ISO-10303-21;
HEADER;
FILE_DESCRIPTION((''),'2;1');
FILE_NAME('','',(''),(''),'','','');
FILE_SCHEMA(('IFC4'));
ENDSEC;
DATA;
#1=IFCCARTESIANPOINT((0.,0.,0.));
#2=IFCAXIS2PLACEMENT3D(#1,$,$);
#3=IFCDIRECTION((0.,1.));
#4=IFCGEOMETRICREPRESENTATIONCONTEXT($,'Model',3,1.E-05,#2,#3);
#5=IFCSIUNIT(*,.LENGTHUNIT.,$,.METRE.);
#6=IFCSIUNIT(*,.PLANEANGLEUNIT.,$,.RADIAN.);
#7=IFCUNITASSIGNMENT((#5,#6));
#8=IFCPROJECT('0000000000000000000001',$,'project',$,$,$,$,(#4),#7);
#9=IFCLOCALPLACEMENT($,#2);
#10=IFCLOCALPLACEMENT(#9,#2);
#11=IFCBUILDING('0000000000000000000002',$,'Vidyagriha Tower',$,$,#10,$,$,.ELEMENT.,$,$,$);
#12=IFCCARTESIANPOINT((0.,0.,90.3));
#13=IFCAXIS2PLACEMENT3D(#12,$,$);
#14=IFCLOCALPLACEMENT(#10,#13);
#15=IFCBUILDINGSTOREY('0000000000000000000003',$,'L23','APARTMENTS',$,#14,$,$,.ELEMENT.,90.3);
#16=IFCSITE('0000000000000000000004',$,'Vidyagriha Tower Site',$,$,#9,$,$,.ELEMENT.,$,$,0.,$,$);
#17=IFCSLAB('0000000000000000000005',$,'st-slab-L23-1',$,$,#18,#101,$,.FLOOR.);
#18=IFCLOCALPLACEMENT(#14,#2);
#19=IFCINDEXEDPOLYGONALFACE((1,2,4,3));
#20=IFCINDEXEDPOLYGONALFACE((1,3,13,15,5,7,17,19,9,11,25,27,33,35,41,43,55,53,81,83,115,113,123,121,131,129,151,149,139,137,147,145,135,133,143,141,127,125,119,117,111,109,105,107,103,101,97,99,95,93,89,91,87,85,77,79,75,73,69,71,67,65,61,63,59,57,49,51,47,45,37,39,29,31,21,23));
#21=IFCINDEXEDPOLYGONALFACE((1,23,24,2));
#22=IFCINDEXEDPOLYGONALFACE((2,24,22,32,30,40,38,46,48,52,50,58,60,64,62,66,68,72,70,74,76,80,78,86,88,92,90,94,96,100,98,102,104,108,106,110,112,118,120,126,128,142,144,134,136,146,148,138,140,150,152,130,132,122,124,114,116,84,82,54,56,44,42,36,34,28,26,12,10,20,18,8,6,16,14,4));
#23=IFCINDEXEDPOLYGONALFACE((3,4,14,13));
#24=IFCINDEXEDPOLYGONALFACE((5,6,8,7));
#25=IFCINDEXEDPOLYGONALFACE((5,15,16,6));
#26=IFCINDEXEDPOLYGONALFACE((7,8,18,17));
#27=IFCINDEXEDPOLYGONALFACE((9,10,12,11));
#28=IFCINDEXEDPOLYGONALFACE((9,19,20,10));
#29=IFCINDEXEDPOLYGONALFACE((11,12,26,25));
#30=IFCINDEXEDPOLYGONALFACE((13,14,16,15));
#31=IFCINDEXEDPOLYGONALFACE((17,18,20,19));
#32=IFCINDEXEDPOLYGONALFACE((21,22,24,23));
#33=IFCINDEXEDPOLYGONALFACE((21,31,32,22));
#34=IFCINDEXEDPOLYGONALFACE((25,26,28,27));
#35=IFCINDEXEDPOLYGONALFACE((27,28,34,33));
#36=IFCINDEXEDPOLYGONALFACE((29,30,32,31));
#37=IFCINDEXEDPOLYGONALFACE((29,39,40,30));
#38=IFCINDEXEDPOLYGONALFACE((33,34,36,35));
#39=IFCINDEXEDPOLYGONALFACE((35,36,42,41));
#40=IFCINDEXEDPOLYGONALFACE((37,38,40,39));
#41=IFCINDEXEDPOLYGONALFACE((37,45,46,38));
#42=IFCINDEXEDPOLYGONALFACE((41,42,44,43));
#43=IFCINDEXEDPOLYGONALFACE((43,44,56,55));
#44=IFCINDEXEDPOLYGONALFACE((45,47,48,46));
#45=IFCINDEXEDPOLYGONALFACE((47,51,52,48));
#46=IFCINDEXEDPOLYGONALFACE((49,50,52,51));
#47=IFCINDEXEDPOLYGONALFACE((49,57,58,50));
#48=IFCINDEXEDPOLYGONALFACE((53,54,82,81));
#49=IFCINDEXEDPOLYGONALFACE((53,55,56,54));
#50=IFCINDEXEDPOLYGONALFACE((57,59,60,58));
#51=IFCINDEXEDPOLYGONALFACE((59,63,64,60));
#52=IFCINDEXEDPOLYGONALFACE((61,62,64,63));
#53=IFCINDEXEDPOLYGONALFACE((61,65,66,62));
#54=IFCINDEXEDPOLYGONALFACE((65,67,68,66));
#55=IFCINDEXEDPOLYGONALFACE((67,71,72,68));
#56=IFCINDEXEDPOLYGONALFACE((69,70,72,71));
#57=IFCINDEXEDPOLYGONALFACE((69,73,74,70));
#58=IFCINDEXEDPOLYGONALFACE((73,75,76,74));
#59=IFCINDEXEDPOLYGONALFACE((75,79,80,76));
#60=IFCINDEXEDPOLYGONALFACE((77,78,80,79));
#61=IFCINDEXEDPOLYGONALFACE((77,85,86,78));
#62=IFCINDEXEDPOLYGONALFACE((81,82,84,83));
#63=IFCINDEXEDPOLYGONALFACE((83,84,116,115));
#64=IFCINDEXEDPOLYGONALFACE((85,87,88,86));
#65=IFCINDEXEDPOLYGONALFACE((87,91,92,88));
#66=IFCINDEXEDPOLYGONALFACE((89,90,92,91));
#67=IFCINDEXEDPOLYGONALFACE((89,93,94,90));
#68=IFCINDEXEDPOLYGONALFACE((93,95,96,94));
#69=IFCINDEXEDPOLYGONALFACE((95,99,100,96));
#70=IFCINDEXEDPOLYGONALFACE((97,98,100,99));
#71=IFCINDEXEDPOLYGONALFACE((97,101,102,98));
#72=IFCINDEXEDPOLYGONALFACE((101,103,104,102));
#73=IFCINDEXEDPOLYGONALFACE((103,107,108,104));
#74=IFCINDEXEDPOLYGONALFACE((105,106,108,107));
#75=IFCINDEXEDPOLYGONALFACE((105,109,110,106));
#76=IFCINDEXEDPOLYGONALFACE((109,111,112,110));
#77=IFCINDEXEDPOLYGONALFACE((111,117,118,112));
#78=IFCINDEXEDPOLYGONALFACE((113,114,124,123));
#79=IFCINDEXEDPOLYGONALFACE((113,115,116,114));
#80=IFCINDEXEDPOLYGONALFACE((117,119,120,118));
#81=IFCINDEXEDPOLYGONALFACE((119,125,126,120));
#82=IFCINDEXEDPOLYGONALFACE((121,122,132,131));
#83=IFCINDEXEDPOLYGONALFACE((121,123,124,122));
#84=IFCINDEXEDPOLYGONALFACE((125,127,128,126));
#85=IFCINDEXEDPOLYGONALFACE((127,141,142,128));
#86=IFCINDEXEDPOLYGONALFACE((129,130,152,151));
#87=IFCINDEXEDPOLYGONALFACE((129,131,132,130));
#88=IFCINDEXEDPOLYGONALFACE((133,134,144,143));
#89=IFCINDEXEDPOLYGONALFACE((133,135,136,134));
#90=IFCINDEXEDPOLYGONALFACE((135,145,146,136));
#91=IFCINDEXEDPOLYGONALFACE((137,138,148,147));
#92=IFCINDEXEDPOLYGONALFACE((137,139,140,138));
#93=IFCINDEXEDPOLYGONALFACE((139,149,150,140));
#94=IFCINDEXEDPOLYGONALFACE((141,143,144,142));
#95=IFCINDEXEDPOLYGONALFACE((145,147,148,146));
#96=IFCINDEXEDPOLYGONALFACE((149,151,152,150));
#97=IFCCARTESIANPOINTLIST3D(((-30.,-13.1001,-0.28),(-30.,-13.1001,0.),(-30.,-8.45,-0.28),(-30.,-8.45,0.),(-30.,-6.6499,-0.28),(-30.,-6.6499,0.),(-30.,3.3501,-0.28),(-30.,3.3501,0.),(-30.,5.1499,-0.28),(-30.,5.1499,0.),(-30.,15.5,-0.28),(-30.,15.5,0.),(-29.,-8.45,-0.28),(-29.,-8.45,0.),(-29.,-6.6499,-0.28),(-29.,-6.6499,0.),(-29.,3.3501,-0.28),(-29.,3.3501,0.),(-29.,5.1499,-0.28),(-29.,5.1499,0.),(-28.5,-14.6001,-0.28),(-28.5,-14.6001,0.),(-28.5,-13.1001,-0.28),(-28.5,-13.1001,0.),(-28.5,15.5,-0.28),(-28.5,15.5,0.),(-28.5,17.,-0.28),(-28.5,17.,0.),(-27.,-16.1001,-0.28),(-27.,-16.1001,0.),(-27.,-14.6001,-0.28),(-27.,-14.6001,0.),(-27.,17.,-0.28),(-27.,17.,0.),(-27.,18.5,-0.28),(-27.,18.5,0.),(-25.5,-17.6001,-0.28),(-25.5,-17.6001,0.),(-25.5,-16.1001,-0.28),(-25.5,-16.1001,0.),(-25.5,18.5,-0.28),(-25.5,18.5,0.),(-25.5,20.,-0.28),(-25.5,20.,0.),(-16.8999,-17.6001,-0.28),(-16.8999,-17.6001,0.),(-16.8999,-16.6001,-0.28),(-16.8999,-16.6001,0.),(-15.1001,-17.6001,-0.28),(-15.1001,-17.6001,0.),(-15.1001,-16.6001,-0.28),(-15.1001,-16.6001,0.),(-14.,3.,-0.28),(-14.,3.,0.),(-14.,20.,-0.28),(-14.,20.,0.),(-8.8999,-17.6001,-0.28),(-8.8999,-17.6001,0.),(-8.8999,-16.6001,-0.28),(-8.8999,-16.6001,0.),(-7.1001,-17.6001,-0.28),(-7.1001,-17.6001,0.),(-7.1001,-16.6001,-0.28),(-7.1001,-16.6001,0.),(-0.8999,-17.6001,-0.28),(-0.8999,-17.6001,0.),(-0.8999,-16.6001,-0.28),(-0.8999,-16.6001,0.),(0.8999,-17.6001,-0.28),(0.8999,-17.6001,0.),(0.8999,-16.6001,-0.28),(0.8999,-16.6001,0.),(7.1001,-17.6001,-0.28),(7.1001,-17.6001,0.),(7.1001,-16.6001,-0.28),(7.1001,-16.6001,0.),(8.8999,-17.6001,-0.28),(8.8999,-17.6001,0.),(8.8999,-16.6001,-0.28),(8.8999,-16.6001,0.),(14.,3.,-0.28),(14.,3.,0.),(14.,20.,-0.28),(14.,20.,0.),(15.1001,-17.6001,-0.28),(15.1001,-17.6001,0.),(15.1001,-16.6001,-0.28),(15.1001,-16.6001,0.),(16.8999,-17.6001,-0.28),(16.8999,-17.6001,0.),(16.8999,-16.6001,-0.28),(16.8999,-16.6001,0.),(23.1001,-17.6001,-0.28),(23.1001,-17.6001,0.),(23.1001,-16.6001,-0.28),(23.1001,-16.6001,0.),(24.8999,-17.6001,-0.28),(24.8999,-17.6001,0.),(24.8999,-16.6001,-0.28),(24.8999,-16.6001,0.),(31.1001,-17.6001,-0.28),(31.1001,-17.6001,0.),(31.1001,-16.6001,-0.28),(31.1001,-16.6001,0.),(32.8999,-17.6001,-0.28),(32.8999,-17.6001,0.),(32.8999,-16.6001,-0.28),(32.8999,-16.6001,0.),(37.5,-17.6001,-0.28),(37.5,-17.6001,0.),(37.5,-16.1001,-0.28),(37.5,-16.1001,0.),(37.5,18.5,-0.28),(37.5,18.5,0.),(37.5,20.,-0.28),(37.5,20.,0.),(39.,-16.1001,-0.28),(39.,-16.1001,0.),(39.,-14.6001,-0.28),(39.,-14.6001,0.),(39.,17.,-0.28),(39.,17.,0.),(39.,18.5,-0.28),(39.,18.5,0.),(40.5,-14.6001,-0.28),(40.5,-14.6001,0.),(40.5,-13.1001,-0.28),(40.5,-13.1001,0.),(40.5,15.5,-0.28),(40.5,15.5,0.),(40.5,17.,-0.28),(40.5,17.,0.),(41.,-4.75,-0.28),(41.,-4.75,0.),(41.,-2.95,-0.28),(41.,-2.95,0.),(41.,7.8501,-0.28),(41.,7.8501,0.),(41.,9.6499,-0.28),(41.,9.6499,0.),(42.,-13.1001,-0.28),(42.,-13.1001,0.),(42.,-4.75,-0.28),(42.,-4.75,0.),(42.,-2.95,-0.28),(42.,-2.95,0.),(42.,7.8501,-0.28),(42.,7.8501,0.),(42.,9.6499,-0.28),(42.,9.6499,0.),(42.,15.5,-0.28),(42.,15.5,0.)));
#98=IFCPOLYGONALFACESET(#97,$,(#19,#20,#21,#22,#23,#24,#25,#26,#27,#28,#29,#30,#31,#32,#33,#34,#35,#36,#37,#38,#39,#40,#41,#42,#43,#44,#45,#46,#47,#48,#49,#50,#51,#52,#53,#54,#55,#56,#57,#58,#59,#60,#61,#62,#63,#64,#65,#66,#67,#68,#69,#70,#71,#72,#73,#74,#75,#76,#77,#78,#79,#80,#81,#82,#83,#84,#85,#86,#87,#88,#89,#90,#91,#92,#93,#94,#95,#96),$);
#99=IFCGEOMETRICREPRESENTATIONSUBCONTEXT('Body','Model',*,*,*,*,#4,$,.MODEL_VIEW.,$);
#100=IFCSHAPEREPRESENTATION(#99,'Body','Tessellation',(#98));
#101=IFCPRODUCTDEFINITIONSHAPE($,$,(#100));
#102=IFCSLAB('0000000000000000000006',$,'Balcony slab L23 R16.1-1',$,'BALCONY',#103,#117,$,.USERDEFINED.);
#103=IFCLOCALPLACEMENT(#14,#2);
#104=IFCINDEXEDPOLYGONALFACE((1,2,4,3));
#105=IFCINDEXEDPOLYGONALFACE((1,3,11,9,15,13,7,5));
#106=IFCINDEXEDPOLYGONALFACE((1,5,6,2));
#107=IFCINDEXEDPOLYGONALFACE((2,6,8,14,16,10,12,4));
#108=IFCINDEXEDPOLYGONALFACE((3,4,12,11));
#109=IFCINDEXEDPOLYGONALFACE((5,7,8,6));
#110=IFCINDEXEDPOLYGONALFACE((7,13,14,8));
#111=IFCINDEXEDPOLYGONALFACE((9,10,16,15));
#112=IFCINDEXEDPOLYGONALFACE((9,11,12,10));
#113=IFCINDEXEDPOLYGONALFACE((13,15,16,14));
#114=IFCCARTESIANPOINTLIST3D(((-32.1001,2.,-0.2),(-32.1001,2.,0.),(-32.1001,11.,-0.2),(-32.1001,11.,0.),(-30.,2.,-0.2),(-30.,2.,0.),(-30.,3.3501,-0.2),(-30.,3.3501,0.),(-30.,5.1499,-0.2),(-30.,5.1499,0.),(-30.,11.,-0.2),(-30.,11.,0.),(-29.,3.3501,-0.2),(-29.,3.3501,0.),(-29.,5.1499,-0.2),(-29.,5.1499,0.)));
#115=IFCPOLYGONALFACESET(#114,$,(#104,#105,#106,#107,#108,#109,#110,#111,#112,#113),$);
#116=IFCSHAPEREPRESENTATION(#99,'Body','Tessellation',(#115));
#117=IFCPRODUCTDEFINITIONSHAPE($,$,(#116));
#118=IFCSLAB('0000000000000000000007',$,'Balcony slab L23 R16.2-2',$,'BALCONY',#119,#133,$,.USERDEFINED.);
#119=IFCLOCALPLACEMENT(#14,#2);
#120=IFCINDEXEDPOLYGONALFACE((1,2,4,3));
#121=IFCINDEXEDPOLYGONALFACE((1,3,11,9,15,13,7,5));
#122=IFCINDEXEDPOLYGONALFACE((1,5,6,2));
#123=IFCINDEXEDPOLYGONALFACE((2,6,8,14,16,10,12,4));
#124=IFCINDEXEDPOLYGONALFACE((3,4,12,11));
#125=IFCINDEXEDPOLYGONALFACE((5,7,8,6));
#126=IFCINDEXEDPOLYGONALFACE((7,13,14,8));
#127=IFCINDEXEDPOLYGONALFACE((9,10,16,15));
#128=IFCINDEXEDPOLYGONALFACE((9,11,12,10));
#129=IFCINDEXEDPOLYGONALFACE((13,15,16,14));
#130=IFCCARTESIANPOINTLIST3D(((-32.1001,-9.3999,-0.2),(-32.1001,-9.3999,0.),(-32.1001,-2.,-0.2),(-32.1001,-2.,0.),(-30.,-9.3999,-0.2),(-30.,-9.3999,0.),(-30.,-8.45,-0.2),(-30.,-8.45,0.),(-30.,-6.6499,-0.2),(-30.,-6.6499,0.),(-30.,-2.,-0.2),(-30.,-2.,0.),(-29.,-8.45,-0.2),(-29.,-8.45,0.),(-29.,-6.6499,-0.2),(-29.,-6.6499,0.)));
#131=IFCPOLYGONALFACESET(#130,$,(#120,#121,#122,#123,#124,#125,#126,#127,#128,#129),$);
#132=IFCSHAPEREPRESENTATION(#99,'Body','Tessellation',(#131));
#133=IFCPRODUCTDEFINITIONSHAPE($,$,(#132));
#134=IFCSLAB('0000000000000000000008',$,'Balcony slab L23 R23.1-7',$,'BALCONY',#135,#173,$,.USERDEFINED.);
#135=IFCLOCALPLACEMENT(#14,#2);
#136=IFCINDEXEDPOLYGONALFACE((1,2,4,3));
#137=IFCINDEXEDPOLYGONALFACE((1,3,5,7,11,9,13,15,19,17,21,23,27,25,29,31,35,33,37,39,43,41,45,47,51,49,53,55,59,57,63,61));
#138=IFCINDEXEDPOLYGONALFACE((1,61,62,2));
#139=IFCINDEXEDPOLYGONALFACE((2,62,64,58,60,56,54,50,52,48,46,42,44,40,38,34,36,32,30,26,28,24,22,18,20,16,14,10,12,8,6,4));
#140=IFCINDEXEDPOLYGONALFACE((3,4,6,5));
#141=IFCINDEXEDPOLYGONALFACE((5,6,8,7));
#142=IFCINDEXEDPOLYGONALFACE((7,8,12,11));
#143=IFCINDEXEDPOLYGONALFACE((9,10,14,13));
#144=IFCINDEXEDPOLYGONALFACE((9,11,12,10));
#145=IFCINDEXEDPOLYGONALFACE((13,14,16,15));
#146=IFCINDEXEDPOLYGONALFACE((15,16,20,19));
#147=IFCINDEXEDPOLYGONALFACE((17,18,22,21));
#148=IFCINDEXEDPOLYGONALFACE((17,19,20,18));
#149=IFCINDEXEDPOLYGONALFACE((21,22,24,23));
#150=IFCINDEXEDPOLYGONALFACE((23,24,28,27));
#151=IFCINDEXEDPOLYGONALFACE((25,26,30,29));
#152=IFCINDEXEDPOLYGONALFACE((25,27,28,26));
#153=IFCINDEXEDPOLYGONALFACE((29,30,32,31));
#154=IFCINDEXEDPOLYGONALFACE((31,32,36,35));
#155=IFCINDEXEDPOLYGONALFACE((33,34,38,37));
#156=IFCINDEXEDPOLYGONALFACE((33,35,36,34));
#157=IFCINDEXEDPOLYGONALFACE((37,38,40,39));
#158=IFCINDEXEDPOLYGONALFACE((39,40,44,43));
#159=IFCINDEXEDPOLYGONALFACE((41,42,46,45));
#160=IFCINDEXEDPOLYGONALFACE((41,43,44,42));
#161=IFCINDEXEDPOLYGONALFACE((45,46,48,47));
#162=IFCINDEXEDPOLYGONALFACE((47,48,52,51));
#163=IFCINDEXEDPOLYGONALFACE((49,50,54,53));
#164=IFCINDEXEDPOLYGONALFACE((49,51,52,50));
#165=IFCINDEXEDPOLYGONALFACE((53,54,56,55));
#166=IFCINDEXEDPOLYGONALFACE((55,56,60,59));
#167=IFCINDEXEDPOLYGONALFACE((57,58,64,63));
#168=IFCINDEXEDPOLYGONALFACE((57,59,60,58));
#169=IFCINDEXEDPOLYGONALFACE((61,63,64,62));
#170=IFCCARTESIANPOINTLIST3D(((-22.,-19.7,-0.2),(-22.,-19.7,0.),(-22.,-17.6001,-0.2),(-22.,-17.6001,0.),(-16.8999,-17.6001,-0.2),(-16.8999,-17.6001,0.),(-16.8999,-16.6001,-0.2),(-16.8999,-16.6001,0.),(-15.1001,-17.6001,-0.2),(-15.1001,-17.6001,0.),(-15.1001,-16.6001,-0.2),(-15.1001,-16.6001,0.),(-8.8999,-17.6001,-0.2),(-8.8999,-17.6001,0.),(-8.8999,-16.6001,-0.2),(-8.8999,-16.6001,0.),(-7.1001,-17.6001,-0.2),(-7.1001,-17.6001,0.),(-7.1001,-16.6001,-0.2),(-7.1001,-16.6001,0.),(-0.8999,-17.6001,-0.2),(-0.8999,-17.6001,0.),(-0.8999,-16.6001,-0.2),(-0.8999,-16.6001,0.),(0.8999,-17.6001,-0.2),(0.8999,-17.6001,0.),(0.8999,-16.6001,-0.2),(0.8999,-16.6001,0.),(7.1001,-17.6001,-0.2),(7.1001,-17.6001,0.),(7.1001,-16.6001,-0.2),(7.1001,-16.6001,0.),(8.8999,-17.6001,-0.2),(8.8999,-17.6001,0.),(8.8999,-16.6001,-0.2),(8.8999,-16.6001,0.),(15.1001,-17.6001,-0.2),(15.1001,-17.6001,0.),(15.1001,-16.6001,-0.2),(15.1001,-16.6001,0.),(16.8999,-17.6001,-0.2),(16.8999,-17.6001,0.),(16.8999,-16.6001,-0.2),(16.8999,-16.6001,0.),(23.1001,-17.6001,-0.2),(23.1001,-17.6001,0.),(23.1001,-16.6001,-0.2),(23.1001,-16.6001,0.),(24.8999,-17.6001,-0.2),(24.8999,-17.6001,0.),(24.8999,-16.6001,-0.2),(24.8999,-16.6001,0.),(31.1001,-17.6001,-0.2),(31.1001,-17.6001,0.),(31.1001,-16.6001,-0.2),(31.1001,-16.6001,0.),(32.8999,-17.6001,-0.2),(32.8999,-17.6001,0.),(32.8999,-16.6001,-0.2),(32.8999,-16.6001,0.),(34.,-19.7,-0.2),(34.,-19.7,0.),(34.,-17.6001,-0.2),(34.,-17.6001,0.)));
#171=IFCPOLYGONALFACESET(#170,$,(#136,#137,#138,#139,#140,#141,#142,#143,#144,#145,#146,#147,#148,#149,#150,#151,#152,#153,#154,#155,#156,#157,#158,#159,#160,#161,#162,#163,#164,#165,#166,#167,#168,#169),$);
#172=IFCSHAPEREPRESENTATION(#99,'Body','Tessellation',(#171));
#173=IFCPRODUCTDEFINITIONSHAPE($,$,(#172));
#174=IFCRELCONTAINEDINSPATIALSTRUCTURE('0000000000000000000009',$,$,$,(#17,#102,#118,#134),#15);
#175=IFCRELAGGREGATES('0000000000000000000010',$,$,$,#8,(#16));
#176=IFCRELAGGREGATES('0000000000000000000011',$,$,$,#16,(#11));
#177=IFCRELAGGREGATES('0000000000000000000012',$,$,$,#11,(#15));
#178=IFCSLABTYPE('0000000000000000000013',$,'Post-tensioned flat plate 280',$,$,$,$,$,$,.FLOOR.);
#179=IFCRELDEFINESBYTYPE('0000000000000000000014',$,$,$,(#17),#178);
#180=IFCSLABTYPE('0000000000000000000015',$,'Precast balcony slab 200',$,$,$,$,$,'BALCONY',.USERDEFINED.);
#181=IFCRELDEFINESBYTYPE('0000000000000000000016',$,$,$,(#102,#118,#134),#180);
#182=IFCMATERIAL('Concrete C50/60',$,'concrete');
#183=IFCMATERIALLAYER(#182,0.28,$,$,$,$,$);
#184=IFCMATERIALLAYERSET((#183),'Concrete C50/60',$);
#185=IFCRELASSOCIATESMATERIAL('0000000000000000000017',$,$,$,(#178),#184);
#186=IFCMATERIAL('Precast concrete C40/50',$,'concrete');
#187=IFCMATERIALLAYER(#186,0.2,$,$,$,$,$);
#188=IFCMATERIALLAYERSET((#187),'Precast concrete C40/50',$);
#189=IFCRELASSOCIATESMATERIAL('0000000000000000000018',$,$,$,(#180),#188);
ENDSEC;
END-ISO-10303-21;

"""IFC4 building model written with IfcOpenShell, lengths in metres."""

from ifc_helpers import new_model, si_unit, direction, frame, origin, place, context, subcontext, project, spatial, polyline, outline, extrude, material, layer, layer_set, type_object, element, save


model = new_model("IFC4")

# Units and contexts
model_context = context("Model", 3, precision=1e-05, world=origin(), true_north=direction((0.0, 1.0)))
body_context = subcontext(model_context, "Body", "Model", "MODEL_VIEW")
ifc_project = project(units=[si_unit("LENGTHUNIT", "METRE"), si_unit("PLANEANGLEUNIT", "RADIAN")], contexts=[model_context])

# Site, building, storey
site_placement = place(None, origin())
site = spatial("IfcSite", under=ifc_project, at=site_placement, Name="Vidyagriha Tower Site", CompositionType="ELEMENT", RefElevation=0.0)
building_placement = place(site_placement, origin())
building = spatial("IfcBuilding", under=site, at=building_placement, Name="Vidyagriha Tower", CompositionType="ELEMENT")
storey_placement = place(building_placement, frame((0.0, 0.0, 90.3)))
storey = spatial("IfcBuildingStorey", under=building, at=storey_placement, Name="L23", Description="APARTMENTS", CompositionType="ELEMENT", Elevation=90.3)

# Slabs
ifc_material_1 = material(Name="Concrete C50/60", Category="concrete")
ifc_layer_1 = layer(ifc_material_1, 0.28)
ifc_layer_set_1 = layer_set([ifc_layer_1], Name="Concrete C50/60")
slab_type_1 = type_object("IfcSlabType", Name="Post-tensioned flat plate 280", PredefinedType="FLOOR", material=ifc_layer_set_1)
slab_1_placement = place(storey_placement, frame((0.0, 0.0, -0.28)))
element("IfcSlab", 1, at=slab_1_placement, inside=storey, type_object=slab_type_1, Name="st-slab-L23-1", PredefinedType="FLOOR", context=body_context, shape_type="SweptSolid", body=[
    extrude(outline(polyline([(40.5, -14.6001), (39.0, -14.6001), (39.0, -16.1001), (37.5, -16.1001), (37.5, -17.6001), (32.8999, -17.6001), (32.8999, -16.6001), (31.1001, -16.6001), (31.1001, -17.6001), (24.8999, -17.6001), (24.8999, -16.6001), (23.1001, -16.6001), (23.1001, -17.6001), (16.8999, -17.6001), (16.8999, -16.6001), (15.1001, -16.6001), (15.1001, -17.6001), (8.8999, -17.6001), (8.8999, -16.6001), (7.1001, -16.6001), (7.1001, -17.6001), (0.8999, -17.6001), (0.8999, -16.6001), (-0.8999, -16.6001), (-0.8999, -17.6001), (-7.1001, -17.6001), (-7.1001, -16.6001), (-8.8999, -16.6001), (-8.8999, -17.6001), (-15.1001, -17.6001), (-15.1001, -16.6001), (-16.8999, -16.6001), (-16.8999, -17.6001), (-25.5, -17.6001), (-25.5, -16.1001), (-27.0, -16.1001), (-27.0, -14.6001), (-28.5, -14.6001), (-28.5, -13.1001), (-30.0, -13.1001), (-30.0, -8.45), (-29.0, -8.45), (-29.0, -6.6499), (-30.0, -6.6499), (-30.0, 3.3501), (-29.0, 3.3501), (-29.0, 5.1499), (-30.0, 5.1499), (-30.0, 15.5), (-28.5, 15.5), (-28.5, 17.0), (-27.0, 17.0), (-27.0, 18.5), (-25.5, 18.5), (-25.5, 20.0), (-14.0, 20.0), (-14.0, 3.0), (14.0, 3.0), (14.0, 20.0), (37.5, 20.0), (37.5, 18.5), (39.0, 18.5), (39.0, 17.0), (40.5, 17.0), (40.5, 15.5), (42.0, 15.5), (42.0, 9.6499), (41.0, 9.6499), (41.0, 7.8501), (42.0, 7.8501), (42.0, -2.95), (41.0, -2.95), (41.0, -4.75), (42.0, -4.75), (42.0, -13.1001), (40.5, -13.1001), (40.5, -14.6001)])), origin(), (0.0, 0.0, 1.0), 0.28),
])
ifc_material_2 = material(Name="Precast concrete C40/50", Category="concrete")
ifc_layer_2 = layer(ifc_material_2, 0.2)
ifc_layer_set_2 = layer_set([ifc_layer_2], Name="Precast concrete C40/50")
slab_type_2 = type_object("IfcSlabType", Name="Precast balcony slab 200", ElementType="BALCONY", PredefinedType="USERDEFINED", material=ifc_layer_set_2)
slab_2_placement = place(storey_placement, frame((0.0, 0.0, -0.2)))
element("IfcSlab", 2, at=slab_2_placement, inside=storey, type_object=slab_type_2, Name="Balcony slab L23 R16.1-1", ObjectType="BALCONY", PredefinedType="USERDEFINED", context=body_context, shape_type="SweptSolid", body=[
    extrude(outline(polyline([(-29.0, 3.3501), (-29.0, 5.1499), (-30.0, 5.1499), (-30.0, 11.0), (-32.1001, 11.0), (-32.1001, 2.0), (-30.0, 2.0), (-30.0, 3.3501), (-29.0, 3.3501)])), origin(), (0.0, 0.0, 1.0), 0.2),
])
slab_3_placement = place(storey_placement, frame((0.0, 0.0, -0.2)))
element("IfcSlab", 3, at=slab_3_placement, inside=storey, type_object=slab_type_2, Name="Balcony slab L23 R16.2-2", ObjectType="BALCONY", PredefinedType="USERDEFINED", context=body_context, shape_type="SweptSolid", body=[
    extrude(outline(polyline([(-29.0, -8.45), (-29.0, -6.6499), (-30.0, -6.6499), (-30.0, -2.0), (-32.1001, -2.0), (-32.1001, -9.3999), (-30.0, -9.3999), (-30.0, -8.45), (-29.0, -8.45)])), origin(), (0.0, 0.0, 1.0), 0.2),
])
slab_4_placement = place(storey_placement, frame((0.0, 0.0, -0.2)))
element("IfcSlab", 4, at=slab_4_placement, inside=storey, type_object=slab_type_2, Name="Balcony slab L23 R23.1-7", ObjectType="BALCONY", PredefinedType="USERDEFINED", context=body_context, shape_type="SweptSolid", body=[
    extrude(outline(polyline([(-15.1001, -16.6001), (-16.8999, -16.6001), (-16.8999, -17.6001), (-22.0, -17.6001), (-22.0, -19.7), (34.0, -19.7), (34.0, -17.6001), (32.8999, -17.6001), (32.8999, -16.6001), (31.1001, -16.6001), (31.1001, -17.6001), (24.8999, -17.6001), (24.8999, -16.6001), (23.1001, -16.6001), (23.1001, -17.6001), (16.8999, -17.6001), (16.8999, -16.6001), (15.1001, -16.6001), (15.1001, -17.6001), (8.8999, -17.6001), (8.8999, -16.6001), (7.1001, -16.6001), (7.1001, -17.6001), (0.8999, -17.6001), (0.8999, -16.6001), (-0.8999, -16.6001), (-0.8999, -17.6001), (-7.1001, -17.6001), (-7.1001, -16.6001), (-8.8999, -16.6001), (-8.8999, -17.6001), (-15.1001, -17.6001), (-15.1001, -16.6001)])), origin(), (0.0, 0.0, 1.0), 0.2),
])

save(model, "model.ifc")
